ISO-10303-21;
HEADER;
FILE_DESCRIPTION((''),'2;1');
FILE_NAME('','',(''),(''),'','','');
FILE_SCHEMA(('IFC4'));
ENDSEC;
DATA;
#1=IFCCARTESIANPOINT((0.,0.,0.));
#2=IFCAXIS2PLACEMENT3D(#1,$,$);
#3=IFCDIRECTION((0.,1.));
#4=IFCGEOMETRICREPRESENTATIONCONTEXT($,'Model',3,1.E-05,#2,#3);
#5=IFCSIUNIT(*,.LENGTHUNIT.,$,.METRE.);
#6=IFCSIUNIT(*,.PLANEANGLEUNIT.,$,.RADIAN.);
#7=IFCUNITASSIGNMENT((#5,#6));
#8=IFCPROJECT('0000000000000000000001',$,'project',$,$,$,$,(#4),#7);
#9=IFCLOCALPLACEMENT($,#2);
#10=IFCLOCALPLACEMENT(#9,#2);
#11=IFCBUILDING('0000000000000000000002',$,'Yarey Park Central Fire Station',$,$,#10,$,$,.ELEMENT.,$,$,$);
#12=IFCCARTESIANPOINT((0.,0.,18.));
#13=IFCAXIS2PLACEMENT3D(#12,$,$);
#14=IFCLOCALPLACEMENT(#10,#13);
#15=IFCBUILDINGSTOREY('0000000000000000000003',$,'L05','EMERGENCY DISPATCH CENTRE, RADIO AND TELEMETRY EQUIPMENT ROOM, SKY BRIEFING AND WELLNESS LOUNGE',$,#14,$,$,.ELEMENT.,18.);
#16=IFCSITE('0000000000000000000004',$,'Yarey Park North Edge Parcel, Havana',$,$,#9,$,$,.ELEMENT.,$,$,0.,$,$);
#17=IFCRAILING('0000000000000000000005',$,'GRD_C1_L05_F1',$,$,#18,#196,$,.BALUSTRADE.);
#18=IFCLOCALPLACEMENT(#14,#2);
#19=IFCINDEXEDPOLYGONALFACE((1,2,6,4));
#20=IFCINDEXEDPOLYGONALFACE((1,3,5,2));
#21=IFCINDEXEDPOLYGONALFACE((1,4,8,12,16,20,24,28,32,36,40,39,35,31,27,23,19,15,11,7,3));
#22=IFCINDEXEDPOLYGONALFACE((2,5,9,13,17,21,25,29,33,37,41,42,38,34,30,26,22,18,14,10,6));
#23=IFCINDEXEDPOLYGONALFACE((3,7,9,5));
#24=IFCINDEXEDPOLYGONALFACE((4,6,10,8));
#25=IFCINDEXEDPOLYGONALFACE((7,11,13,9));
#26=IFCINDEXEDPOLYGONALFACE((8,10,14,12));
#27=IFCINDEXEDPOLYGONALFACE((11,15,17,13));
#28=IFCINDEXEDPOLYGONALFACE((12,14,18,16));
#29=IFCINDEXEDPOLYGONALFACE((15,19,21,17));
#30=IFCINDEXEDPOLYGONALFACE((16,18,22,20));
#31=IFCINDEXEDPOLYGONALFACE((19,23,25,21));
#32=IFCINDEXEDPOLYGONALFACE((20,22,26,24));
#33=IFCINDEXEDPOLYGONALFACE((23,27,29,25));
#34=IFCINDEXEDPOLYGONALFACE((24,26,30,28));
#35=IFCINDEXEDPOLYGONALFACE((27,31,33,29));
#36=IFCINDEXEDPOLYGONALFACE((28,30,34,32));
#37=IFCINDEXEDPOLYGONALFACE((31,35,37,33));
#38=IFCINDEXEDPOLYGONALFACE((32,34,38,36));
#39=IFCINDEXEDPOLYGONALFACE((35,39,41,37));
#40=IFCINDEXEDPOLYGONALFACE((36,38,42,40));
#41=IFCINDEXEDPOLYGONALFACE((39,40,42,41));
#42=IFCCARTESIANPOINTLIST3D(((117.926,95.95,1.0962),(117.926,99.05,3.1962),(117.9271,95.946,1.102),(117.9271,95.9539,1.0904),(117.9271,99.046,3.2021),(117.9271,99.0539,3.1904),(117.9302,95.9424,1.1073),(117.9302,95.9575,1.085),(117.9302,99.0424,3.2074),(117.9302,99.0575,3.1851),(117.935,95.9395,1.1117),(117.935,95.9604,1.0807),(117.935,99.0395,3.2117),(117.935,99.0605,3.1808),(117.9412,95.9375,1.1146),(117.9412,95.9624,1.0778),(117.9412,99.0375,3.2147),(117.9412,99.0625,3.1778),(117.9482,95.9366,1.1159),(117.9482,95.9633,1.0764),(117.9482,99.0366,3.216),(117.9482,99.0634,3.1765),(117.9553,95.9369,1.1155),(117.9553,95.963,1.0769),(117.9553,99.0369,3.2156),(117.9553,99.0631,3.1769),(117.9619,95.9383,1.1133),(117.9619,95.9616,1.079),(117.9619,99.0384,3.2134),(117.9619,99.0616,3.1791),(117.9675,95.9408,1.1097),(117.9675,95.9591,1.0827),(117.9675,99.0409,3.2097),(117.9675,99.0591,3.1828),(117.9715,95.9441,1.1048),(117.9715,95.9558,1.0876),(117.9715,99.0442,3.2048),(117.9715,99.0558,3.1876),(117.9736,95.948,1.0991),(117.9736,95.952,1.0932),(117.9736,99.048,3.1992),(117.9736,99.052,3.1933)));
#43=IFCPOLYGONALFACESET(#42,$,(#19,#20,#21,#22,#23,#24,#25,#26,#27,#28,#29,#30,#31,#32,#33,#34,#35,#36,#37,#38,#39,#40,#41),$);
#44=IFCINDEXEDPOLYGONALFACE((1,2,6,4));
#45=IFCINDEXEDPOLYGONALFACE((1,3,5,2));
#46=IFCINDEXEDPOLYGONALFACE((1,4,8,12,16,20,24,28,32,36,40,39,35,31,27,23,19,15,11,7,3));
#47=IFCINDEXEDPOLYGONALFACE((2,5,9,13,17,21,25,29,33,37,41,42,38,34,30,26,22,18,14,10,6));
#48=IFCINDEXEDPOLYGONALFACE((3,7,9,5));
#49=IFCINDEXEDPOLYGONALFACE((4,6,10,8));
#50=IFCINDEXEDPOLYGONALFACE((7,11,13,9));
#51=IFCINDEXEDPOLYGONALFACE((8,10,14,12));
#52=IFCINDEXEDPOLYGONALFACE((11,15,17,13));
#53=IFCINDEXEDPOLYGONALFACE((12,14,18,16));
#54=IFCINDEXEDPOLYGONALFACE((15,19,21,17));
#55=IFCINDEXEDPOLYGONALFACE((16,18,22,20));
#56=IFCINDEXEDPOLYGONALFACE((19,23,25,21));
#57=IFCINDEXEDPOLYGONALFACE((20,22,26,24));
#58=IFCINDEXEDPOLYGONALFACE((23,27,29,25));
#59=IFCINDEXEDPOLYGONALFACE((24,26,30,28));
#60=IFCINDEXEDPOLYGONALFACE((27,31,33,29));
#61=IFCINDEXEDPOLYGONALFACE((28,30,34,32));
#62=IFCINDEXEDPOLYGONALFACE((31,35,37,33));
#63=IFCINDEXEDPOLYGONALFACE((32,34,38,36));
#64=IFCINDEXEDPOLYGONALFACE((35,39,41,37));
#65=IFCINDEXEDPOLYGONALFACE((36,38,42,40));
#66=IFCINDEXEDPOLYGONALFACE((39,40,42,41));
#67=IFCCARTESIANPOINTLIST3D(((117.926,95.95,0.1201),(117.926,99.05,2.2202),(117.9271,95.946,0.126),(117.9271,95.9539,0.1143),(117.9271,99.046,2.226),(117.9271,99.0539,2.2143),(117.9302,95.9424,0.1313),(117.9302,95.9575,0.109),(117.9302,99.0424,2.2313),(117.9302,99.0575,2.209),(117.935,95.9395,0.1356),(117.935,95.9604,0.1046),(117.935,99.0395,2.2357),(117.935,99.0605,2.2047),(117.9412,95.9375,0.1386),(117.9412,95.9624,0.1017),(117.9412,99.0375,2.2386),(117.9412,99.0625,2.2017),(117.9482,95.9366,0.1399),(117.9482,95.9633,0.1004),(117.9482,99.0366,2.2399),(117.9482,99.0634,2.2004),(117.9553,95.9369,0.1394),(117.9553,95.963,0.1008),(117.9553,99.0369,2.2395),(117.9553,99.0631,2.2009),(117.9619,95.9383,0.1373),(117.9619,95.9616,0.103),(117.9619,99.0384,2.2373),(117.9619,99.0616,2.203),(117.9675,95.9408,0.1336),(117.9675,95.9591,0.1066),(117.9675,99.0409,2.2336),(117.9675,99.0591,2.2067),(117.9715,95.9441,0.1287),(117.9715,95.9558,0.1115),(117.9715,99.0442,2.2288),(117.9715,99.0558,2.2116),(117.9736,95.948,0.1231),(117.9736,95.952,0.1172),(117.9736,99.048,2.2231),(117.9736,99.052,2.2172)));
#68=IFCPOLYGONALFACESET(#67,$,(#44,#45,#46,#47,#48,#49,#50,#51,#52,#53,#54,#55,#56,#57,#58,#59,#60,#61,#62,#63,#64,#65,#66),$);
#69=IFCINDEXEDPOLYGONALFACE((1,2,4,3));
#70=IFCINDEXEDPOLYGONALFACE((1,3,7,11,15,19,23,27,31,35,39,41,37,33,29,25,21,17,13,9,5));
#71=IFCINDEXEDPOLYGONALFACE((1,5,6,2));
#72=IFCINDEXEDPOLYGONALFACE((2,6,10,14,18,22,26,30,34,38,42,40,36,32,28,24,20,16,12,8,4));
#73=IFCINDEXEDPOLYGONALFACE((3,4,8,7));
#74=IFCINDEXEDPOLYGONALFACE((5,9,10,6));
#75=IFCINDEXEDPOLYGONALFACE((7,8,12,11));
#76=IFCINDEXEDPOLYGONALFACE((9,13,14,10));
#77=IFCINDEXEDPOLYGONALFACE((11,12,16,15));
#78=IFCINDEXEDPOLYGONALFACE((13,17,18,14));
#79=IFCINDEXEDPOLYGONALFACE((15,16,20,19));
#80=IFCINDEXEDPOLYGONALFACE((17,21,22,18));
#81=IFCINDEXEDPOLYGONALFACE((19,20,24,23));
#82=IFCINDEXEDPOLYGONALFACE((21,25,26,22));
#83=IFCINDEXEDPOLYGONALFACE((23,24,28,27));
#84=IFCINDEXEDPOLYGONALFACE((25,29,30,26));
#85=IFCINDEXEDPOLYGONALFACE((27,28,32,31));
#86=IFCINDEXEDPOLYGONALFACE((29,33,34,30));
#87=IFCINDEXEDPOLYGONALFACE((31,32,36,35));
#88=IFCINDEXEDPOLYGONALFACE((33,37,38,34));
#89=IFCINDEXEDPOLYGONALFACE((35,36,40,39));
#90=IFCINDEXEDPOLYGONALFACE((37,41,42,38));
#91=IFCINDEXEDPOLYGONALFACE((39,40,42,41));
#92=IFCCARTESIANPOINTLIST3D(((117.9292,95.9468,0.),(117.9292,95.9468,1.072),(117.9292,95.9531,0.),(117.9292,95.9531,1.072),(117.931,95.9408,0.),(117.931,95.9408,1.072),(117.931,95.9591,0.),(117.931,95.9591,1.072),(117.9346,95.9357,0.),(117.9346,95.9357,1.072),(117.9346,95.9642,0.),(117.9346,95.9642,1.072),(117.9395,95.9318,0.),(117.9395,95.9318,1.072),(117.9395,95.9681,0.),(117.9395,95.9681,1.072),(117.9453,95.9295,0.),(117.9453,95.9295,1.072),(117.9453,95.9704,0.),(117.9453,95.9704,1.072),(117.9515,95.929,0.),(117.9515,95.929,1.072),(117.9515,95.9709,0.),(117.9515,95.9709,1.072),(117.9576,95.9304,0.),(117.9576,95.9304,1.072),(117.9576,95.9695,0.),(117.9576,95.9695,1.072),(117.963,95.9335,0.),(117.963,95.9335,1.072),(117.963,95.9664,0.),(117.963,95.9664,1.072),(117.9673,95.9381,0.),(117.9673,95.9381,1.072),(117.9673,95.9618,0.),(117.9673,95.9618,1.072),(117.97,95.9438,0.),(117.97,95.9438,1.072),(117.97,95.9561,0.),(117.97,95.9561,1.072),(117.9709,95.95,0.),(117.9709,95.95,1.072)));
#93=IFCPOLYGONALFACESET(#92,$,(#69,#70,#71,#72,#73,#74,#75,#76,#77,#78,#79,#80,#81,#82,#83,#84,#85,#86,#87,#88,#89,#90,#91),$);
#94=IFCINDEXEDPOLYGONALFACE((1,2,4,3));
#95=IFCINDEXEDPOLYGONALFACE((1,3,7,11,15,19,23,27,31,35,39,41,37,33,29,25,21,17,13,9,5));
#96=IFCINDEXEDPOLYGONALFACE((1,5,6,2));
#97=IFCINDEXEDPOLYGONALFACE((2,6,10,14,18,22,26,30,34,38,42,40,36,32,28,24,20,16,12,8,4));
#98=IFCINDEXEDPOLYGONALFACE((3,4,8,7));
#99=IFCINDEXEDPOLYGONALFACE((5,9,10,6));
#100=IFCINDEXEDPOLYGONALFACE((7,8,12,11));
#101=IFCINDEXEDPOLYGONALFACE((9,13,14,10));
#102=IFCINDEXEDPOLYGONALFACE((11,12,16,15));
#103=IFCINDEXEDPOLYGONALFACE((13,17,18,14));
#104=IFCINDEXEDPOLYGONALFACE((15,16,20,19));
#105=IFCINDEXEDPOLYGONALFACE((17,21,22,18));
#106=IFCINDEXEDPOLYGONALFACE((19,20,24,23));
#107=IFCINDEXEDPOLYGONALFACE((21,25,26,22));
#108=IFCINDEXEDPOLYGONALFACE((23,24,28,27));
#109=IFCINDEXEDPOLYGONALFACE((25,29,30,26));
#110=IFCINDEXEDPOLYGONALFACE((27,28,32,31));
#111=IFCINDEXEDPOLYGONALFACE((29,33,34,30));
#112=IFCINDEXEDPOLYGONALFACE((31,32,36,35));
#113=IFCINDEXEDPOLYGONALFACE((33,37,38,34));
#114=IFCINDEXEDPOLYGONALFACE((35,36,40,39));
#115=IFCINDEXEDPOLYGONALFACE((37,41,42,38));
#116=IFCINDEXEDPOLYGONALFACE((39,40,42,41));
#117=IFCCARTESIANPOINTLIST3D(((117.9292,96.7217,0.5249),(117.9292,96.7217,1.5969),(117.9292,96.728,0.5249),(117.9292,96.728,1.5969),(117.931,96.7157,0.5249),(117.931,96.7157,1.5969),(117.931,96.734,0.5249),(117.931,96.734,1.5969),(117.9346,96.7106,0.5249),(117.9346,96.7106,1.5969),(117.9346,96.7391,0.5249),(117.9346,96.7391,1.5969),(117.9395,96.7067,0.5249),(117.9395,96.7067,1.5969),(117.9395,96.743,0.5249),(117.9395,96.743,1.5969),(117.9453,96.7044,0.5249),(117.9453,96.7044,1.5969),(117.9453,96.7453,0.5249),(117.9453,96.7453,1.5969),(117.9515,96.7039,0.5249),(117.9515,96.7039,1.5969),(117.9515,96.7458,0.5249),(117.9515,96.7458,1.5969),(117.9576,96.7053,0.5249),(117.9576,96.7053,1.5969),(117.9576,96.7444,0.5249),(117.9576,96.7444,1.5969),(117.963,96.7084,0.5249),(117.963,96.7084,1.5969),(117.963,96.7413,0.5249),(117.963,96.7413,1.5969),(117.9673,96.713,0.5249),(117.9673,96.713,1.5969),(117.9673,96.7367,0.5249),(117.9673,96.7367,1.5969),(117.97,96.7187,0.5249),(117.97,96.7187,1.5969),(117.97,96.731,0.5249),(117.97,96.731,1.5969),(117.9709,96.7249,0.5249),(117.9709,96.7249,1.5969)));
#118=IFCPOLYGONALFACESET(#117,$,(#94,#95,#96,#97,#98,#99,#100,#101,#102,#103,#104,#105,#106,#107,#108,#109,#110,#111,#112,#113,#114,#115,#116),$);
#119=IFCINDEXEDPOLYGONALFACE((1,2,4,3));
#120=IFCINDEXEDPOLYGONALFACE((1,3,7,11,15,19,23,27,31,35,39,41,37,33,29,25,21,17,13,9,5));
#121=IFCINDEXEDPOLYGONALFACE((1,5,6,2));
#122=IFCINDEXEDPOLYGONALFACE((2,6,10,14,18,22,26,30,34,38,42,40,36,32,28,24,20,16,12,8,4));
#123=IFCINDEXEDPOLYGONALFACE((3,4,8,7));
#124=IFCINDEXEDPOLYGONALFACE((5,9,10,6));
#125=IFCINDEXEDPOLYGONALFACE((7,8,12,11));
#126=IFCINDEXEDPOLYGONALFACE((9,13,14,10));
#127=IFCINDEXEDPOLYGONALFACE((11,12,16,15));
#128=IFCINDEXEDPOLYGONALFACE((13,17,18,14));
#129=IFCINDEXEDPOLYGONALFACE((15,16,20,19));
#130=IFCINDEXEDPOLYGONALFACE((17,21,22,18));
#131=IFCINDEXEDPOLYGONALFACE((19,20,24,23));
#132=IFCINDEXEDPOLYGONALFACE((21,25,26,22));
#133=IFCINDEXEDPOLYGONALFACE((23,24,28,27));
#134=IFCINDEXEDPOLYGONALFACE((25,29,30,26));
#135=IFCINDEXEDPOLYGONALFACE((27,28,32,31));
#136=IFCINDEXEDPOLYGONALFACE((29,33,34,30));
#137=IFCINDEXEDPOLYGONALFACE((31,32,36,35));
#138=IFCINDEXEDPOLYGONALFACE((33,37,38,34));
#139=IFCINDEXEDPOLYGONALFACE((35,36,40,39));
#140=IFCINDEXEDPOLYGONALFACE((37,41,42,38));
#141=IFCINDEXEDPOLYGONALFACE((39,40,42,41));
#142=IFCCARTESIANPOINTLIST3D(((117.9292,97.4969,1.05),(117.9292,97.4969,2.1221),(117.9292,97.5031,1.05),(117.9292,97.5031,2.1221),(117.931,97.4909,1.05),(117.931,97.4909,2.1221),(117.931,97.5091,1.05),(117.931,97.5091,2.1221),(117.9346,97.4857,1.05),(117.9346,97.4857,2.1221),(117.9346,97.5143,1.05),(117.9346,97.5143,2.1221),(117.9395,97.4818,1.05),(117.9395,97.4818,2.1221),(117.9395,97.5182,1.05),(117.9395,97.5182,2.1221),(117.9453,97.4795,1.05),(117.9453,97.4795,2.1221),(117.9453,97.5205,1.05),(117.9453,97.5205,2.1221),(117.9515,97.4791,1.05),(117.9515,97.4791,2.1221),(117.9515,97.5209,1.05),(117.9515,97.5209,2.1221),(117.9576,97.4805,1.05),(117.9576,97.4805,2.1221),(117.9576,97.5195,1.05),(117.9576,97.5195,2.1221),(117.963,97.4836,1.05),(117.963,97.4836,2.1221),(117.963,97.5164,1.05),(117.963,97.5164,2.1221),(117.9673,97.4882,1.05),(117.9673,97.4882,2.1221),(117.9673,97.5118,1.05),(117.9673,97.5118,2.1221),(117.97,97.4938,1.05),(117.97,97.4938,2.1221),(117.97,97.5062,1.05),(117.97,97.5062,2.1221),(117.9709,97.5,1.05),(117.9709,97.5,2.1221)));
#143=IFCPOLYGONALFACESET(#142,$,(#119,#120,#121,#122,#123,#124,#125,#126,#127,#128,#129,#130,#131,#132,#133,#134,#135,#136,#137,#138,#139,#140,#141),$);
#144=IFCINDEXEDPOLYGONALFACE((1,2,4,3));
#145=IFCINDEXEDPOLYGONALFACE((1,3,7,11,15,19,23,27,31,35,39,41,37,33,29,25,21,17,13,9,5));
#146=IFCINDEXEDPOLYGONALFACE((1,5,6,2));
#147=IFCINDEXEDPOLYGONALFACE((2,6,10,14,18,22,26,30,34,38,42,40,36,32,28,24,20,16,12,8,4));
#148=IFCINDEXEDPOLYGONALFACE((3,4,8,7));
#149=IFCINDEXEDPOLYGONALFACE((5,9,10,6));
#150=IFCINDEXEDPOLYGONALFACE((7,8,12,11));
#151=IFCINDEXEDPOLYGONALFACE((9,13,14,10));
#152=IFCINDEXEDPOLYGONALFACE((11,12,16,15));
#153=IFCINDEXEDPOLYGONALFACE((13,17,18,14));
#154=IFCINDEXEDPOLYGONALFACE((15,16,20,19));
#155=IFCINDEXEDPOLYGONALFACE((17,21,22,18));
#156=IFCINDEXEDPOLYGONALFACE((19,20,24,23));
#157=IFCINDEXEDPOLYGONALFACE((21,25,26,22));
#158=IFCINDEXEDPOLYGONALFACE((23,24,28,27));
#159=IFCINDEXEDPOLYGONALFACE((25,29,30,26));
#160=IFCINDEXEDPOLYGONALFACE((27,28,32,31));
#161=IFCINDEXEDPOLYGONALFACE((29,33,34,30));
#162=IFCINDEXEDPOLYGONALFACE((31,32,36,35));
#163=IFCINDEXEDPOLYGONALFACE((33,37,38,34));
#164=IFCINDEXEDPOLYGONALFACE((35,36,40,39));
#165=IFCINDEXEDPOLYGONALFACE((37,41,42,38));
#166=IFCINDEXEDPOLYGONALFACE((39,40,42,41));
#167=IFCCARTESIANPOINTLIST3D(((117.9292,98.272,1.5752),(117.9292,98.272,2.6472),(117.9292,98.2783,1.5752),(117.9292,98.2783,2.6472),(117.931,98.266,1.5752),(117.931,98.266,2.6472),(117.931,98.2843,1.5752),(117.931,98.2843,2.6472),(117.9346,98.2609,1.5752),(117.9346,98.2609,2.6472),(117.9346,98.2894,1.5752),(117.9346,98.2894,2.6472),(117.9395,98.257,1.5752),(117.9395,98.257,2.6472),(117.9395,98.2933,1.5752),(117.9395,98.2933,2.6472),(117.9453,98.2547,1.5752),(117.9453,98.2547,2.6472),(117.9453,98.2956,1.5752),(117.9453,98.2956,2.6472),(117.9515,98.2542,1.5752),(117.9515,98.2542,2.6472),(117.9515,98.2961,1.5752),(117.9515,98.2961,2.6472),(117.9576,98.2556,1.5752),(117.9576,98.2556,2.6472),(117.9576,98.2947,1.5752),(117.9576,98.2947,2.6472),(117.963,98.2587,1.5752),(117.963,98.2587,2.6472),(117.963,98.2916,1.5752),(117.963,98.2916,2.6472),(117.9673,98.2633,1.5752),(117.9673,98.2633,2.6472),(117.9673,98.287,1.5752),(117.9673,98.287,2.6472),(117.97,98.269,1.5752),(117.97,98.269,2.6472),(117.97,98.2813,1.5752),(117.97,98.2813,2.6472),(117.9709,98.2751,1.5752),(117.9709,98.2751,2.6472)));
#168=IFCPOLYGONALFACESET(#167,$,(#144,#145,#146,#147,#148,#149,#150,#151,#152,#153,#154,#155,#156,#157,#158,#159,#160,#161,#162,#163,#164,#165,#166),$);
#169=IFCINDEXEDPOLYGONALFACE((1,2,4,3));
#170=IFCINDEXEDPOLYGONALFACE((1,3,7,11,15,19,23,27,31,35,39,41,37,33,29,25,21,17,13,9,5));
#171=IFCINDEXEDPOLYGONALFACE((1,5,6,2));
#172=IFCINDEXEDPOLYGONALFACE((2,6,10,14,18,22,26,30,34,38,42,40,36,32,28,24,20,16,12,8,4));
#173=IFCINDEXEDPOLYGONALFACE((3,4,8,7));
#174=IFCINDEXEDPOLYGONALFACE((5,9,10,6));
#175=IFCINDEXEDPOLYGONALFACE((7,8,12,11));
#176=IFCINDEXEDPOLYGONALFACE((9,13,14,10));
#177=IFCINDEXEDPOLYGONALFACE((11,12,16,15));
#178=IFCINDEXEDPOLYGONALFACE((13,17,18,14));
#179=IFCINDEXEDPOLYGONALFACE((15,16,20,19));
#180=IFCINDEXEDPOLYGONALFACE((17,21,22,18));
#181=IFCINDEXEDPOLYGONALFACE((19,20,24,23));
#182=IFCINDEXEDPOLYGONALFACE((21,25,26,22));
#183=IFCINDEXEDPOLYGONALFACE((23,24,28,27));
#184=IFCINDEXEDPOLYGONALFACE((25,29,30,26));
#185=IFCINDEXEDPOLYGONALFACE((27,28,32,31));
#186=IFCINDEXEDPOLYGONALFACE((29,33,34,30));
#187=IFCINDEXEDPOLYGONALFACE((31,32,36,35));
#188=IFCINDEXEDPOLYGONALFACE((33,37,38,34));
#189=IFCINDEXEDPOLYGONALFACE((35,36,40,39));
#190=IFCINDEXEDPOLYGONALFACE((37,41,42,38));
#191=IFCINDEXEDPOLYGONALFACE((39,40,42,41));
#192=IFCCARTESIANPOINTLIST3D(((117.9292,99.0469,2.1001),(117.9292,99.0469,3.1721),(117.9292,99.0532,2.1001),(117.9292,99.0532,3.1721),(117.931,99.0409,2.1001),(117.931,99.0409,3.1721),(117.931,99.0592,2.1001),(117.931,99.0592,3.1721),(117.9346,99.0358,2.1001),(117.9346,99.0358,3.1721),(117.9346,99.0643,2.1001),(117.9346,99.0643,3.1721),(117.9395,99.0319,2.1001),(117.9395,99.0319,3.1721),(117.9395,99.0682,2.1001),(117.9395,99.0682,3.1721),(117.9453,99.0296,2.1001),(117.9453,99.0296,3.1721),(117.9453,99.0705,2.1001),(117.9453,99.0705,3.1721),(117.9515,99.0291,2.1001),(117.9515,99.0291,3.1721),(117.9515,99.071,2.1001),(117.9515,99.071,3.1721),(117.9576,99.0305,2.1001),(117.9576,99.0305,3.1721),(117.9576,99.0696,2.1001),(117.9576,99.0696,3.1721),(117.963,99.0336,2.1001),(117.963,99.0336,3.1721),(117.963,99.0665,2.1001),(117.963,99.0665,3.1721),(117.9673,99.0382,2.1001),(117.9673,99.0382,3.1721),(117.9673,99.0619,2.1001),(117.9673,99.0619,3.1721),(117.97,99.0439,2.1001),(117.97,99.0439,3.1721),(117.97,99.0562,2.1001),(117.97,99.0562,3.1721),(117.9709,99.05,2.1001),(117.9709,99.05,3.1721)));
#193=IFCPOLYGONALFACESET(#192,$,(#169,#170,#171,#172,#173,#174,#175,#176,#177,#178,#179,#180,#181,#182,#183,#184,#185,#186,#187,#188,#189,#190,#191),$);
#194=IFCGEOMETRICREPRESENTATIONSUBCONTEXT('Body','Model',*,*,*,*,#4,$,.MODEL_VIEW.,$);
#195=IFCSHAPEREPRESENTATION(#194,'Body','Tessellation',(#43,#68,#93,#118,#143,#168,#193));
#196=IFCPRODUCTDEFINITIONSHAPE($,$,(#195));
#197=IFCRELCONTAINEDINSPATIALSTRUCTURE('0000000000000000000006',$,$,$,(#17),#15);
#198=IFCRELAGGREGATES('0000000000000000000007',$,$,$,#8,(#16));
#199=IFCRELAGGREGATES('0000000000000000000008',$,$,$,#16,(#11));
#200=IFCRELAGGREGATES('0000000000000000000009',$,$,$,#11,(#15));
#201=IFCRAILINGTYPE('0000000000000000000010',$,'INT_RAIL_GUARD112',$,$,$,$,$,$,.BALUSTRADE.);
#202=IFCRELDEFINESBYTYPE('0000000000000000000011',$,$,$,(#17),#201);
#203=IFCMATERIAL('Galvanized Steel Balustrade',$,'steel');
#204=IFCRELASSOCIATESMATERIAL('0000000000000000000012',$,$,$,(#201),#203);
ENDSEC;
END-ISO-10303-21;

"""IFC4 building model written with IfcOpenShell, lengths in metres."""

from ifc_helpers import new_model, si_unit, direction, frame, origin, origin_2d, place, context, subcontext, project, spatial, circle, extrude, material, type_object, element, save


model = new_model("IFC4")

# Units and contexts
model_context = context("Model", 3, precision=1e-05, world=origin(), true_north=direction((0.0, 1.0)))
body_context = subcontext(model_context, "Body", "Model", "MODEL_VIEW")
ifc_project = project(units=[si_unit("LENGTHUNIT", "METRE"), si_unit("PLANEANGLEUNIT", "RADIAN")], contexts=[model_context])

# Site, building, storey
site_placement = place(None, origin())
site = spatial("IfcSite", under=ifc_project, at=site_placement, Name="Yarey Park North Edge Parcel, Havana", CompositionType="ELEMENT", RefElevation=0.0)
building_placement = place(site_placement, origin())
building = spatial("IfcBuilding", under=site, at=building_placement, Name="Yarey Park Central Fire Station", CompositionType="ELEMENT")
storey_placement = place(building_placement, frame((0.0, 0.0, 18.0)))
storey = spatial("IfcBuildingStorey", under=building, at=storey_placement, Name="L05", Description="EMERGENCY DISPATCH CENTRE, RADIO AND TELEMETRY EQUIPMENT ROOM, SKY BRIEFING AND WELLNESS LOUNGE", CompositionType="ELEMENT", Elevation=18.0)

# Railing
ifc_material_1 = material(Name="Galvanized Steel Balustrade", Category="steel")
railing_type_1 = type_object("IfcRailingType", Name="INT_RAIL_GUARD112", PredefinedType="BALUSTRADE", material=ifc_material_1)
railing_1_placement = place(storey_placement, frame((117.95, 95.95, 0.0)))
element("IfcRailing", 1, at=railing_1_placement, inside=storey, type_object=railing_type_1, Name="GRD_C1_L05_F1", PredefinedType="BALUSTRADE", context=body_context, shape_type="SweptSolid", body=[
    extrude(circle(Radius=0.0239, at=origin_2d()), frame((0.0, 0.0, 1.0962), z_axis=(0.0, 0.827915, 0.560854), x_axis=(-1.0, 0.0, 0.0)), (0.0, 0.0, 1.0), 3.7444),
    extrude(circle(Radius=0.0239, at=origin_2d()), frame((0.0, 0.0, 0.1201), z_axis=(0.0, 0.827915, 0.560854), x_axis=(-1.0, 0.0, 0.0)), (0.0, 0.0, 1.0), 3.7444),
    extrude(circle(Radius=0.021, at=origin_2d()), origin(), (0.0, 0.0, 1.0), 1.072),
    extrude(circle(Radius=0.021, at=origin_2d()), frame((0.0, 0.7749, 0.5249)), (0.0, 0.0, 1.0), 1.072),
    extrude(circle(Radius=0.021, at=origin_2d()), frame((0.0, 1.55, 1.05)), (0.0, 0.0, 1.0), 1.072),
    extrude(circle(Radius=0.021, at=origin_2d()), frame((0.0, 2.3252, 1.5752)), (0.0, 0.0, 1.0), 1.072),
    extrude(circle(Radius=0.021, at=origin_2d()), frame((0.0, 3.1001, 2.1001)), (0.0, 0.0, 1.0), 1.072),
])

save(model, "model.ifc")
